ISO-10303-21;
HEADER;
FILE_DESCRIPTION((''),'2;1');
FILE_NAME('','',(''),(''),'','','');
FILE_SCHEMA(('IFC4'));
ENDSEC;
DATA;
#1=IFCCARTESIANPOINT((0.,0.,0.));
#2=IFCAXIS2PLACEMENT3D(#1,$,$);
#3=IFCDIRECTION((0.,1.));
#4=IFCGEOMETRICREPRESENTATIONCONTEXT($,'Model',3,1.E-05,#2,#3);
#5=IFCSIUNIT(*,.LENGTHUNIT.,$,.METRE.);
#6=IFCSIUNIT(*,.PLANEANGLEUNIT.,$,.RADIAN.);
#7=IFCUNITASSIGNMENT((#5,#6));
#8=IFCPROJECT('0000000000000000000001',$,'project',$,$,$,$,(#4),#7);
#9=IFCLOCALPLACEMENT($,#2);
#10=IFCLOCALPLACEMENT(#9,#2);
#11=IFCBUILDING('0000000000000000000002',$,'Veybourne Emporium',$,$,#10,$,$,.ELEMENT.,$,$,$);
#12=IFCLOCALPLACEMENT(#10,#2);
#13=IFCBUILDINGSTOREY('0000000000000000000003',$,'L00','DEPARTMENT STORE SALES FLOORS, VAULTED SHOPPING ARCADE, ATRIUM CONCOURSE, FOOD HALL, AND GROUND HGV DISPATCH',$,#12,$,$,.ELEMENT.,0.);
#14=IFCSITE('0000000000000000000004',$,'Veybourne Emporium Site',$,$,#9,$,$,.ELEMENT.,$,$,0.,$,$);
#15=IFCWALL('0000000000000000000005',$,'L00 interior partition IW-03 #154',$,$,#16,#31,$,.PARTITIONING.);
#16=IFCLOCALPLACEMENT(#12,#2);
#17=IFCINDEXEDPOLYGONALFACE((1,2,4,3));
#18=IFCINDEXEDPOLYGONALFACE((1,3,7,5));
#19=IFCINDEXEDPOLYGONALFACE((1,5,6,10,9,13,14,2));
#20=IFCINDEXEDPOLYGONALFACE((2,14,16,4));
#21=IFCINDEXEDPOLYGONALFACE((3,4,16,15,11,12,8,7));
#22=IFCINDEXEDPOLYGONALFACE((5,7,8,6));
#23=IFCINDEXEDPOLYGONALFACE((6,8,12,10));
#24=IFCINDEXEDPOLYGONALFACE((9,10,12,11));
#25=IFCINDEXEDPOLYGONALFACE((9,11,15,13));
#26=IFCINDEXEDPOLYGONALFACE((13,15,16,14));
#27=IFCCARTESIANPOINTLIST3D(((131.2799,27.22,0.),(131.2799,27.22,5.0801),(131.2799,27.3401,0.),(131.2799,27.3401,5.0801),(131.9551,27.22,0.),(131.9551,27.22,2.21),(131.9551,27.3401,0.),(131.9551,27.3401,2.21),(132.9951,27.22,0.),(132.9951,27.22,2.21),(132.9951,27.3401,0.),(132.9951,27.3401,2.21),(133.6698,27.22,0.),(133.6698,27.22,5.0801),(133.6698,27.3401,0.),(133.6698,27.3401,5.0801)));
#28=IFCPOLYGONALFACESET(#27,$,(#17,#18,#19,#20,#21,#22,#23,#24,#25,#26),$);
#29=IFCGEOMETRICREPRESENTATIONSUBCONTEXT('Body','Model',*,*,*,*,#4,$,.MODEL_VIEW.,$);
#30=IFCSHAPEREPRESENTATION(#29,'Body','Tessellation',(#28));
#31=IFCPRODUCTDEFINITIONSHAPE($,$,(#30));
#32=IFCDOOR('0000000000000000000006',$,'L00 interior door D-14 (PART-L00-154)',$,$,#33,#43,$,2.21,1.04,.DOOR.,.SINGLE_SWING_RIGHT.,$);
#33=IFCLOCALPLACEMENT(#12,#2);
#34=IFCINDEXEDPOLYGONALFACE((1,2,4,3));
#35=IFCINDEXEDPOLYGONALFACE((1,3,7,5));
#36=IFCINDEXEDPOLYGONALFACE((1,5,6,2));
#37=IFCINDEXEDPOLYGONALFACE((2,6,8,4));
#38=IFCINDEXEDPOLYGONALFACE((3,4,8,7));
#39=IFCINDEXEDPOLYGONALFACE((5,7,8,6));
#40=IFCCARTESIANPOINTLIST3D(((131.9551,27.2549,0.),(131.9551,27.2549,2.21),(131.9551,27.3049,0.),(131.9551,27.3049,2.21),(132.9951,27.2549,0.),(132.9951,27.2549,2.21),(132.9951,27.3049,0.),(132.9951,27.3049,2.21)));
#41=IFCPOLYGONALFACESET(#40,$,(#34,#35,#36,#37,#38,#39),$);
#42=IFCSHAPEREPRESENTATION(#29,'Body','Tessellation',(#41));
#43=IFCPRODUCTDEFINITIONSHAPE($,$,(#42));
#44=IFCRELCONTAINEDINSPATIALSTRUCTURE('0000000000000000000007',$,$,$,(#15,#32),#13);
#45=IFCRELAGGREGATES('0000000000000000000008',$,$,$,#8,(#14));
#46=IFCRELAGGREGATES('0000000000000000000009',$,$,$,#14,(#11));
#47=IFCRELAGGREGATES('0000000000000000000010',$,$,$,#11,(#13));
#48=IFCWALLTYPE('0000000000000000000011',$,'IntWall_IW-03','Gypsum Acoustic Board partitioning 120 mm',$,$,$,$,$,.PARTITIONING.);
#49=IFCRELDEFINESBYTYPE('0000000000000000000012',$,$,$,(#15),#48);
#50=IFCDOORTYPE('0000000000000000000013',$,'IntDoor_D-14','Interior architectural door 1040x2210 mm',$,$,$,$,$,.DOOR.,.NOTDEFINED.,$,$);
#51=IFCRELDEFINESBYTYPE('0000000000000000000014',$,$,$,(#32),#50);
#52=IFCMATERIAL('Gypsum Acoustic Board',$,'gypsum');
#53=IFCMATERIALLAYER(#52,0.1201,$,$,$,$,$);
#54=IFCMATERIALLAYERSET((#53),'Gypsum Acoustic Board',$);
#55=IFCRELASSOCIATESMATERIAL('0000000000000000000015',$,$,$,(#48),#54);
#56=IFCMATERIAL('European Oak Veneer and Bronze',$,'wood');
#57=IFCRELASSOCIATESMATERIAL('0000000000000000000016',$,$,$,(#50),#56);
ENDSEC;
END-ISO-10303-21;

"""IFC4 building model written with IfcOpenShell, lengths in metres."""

from ifc_helpers import new_model, si_unit, direction, frame, frame_2d, origin, place, context, subcontext, project, spatial, rectangle, extrude, material, layer, layer_set, type_object, element, fill, save


model = new_model("IFC4")

# Units and contexts
model_context = context("Model", 3, precision=1e-05, world=origin(), true_north=direction((0.0, 1.0)))
body_context = subcontext(model_context, "Body", "Model", "MODEL_VIEW")
ifc_project = project(units=[si_unit("LENGTHUNIT", "METRE"), si_unit("PLANEANGLEUNIT", "RADIAN")], contexts=[model_context])

# Site, building, storey
site_placement = place(None, origin())
site = spatial("IfcSite", under=ifc_project, at=site_placement, Name="Veybourne Emporium Site", CompositionType="ELEMENT", RefElevation=0.0)
building_placement = place(site_placement, origin())
building = spatial("IfcBuilding", under=site, at=building_placement, Name="Veybourne Emporium", CompositionType="ELEMENT")
storey_placement = place(building_placement, origin())
storey = spatial("IfcBuildingStorey", under=building, at=storey_placement, Name="L00", Description="DEPARTMENT STORE SALES FLOORS, VAULTED SHOPPING ARCADE, ATRIUM CONCOURSE, FOOD HALL, AND GROUND HGV DISPATCH", CompositionType="ELEMENT", Elevation=0.0)

# Wall, opening, door
ifc_material_1 = material(Name="Gypsum Acoustic Board", Category="gypsum")
ifc_material_2 = material(Name="European Oak Veneer and Bronze", Category="wood")
ifc_layer_1 = layer(ifc_material_1, 0.1201)
ifc_layer_set_1 = layer_set([ifc_layer_1], Name="Gypsum Acoustic Board")
wall_type_1 = type_object("IfcWallType", Name="IntWall_IW-03", Description="Gypsum Acoustic Board partitioning 120 mm", PredefinedType="PARTITIONING", material=ifc_layer_set_1)
wall_1_placement = place(storey_placement, frame((131.28, 27.28, 0.0), z_axis=(0.0, 0.0, 1.0), x_axis=(1.0, 0.0, 0.0)))
wall_1 = element("IfcWall", 1, at=wall_1_placement, inside=storey, type_object=wall_type_1, Name="L00 interior partition IW-03 #154", PredefinedType="PARTITIONING", context=body_context, shape_type="SweptSolid", body=[
    extrude(rectangle(XDim=2.3899, YDim=0.1201, at=frame_2d((1.1948, 0.0))), origin(), (0.0, 0.0, 1.0), 5.0801),
])
opening_1_placement = place(wall_1_placement, frame((0.675, 0.0, 0.0)))
opening_1 = element("IfcOpeningElement", 2, at=opening_1_placement, cuts=wall_1, PredefinedType="OPENING", context=body_context, shape_type="SweptSolid", body=[
    extrude(rectangle(XDim=1.04, YDim=2.21, at=frame_2d((0.52, 1.105))), frame((0.0, 0.0801, 0.0), z_axis=(0.0, -1.0, 0.0), x_axis=(1.0, 0.0, 0.0)), (0.0, 0.0, 1.0), 0.1602),
])
door_type_1 = type_object("IfcDoorType", Name="IntDoor_D-14", Description="Interior architectural door 1040x2210 mm", OperationType="NOTDEFINED", PredefinedType="DOOR", material=ifc_material_2)
door_1_placement = place(opening_1_placement, origin())
door_1 = element("IfcDoor", 3, at=door_1_placement, inside=storey, type_object=door_type_1, Name="L00 interior door D-14 (PART-L00-154)", OperationType="SINGLE_SWING_RIGHT", OverallHeight=2.21, OverallWidth=1.04, PredefinedType="DOOR", context=body_context, shape_type="SweptSolid", body=[
    extrude(rectangle(XDim=1.04, YDim=2.21, at=frame_2d((0.52, 1.105))), frame((0.0, 0.0249, 0.0), z_axis=(0.0, -1.0, 0.0), x_axis=(1.0, 0.0, 0.0)), (0.0, 0.0, 1.0), 0.05),
])
fill(opening_1, door_1)

save(model, "model.ifc")
